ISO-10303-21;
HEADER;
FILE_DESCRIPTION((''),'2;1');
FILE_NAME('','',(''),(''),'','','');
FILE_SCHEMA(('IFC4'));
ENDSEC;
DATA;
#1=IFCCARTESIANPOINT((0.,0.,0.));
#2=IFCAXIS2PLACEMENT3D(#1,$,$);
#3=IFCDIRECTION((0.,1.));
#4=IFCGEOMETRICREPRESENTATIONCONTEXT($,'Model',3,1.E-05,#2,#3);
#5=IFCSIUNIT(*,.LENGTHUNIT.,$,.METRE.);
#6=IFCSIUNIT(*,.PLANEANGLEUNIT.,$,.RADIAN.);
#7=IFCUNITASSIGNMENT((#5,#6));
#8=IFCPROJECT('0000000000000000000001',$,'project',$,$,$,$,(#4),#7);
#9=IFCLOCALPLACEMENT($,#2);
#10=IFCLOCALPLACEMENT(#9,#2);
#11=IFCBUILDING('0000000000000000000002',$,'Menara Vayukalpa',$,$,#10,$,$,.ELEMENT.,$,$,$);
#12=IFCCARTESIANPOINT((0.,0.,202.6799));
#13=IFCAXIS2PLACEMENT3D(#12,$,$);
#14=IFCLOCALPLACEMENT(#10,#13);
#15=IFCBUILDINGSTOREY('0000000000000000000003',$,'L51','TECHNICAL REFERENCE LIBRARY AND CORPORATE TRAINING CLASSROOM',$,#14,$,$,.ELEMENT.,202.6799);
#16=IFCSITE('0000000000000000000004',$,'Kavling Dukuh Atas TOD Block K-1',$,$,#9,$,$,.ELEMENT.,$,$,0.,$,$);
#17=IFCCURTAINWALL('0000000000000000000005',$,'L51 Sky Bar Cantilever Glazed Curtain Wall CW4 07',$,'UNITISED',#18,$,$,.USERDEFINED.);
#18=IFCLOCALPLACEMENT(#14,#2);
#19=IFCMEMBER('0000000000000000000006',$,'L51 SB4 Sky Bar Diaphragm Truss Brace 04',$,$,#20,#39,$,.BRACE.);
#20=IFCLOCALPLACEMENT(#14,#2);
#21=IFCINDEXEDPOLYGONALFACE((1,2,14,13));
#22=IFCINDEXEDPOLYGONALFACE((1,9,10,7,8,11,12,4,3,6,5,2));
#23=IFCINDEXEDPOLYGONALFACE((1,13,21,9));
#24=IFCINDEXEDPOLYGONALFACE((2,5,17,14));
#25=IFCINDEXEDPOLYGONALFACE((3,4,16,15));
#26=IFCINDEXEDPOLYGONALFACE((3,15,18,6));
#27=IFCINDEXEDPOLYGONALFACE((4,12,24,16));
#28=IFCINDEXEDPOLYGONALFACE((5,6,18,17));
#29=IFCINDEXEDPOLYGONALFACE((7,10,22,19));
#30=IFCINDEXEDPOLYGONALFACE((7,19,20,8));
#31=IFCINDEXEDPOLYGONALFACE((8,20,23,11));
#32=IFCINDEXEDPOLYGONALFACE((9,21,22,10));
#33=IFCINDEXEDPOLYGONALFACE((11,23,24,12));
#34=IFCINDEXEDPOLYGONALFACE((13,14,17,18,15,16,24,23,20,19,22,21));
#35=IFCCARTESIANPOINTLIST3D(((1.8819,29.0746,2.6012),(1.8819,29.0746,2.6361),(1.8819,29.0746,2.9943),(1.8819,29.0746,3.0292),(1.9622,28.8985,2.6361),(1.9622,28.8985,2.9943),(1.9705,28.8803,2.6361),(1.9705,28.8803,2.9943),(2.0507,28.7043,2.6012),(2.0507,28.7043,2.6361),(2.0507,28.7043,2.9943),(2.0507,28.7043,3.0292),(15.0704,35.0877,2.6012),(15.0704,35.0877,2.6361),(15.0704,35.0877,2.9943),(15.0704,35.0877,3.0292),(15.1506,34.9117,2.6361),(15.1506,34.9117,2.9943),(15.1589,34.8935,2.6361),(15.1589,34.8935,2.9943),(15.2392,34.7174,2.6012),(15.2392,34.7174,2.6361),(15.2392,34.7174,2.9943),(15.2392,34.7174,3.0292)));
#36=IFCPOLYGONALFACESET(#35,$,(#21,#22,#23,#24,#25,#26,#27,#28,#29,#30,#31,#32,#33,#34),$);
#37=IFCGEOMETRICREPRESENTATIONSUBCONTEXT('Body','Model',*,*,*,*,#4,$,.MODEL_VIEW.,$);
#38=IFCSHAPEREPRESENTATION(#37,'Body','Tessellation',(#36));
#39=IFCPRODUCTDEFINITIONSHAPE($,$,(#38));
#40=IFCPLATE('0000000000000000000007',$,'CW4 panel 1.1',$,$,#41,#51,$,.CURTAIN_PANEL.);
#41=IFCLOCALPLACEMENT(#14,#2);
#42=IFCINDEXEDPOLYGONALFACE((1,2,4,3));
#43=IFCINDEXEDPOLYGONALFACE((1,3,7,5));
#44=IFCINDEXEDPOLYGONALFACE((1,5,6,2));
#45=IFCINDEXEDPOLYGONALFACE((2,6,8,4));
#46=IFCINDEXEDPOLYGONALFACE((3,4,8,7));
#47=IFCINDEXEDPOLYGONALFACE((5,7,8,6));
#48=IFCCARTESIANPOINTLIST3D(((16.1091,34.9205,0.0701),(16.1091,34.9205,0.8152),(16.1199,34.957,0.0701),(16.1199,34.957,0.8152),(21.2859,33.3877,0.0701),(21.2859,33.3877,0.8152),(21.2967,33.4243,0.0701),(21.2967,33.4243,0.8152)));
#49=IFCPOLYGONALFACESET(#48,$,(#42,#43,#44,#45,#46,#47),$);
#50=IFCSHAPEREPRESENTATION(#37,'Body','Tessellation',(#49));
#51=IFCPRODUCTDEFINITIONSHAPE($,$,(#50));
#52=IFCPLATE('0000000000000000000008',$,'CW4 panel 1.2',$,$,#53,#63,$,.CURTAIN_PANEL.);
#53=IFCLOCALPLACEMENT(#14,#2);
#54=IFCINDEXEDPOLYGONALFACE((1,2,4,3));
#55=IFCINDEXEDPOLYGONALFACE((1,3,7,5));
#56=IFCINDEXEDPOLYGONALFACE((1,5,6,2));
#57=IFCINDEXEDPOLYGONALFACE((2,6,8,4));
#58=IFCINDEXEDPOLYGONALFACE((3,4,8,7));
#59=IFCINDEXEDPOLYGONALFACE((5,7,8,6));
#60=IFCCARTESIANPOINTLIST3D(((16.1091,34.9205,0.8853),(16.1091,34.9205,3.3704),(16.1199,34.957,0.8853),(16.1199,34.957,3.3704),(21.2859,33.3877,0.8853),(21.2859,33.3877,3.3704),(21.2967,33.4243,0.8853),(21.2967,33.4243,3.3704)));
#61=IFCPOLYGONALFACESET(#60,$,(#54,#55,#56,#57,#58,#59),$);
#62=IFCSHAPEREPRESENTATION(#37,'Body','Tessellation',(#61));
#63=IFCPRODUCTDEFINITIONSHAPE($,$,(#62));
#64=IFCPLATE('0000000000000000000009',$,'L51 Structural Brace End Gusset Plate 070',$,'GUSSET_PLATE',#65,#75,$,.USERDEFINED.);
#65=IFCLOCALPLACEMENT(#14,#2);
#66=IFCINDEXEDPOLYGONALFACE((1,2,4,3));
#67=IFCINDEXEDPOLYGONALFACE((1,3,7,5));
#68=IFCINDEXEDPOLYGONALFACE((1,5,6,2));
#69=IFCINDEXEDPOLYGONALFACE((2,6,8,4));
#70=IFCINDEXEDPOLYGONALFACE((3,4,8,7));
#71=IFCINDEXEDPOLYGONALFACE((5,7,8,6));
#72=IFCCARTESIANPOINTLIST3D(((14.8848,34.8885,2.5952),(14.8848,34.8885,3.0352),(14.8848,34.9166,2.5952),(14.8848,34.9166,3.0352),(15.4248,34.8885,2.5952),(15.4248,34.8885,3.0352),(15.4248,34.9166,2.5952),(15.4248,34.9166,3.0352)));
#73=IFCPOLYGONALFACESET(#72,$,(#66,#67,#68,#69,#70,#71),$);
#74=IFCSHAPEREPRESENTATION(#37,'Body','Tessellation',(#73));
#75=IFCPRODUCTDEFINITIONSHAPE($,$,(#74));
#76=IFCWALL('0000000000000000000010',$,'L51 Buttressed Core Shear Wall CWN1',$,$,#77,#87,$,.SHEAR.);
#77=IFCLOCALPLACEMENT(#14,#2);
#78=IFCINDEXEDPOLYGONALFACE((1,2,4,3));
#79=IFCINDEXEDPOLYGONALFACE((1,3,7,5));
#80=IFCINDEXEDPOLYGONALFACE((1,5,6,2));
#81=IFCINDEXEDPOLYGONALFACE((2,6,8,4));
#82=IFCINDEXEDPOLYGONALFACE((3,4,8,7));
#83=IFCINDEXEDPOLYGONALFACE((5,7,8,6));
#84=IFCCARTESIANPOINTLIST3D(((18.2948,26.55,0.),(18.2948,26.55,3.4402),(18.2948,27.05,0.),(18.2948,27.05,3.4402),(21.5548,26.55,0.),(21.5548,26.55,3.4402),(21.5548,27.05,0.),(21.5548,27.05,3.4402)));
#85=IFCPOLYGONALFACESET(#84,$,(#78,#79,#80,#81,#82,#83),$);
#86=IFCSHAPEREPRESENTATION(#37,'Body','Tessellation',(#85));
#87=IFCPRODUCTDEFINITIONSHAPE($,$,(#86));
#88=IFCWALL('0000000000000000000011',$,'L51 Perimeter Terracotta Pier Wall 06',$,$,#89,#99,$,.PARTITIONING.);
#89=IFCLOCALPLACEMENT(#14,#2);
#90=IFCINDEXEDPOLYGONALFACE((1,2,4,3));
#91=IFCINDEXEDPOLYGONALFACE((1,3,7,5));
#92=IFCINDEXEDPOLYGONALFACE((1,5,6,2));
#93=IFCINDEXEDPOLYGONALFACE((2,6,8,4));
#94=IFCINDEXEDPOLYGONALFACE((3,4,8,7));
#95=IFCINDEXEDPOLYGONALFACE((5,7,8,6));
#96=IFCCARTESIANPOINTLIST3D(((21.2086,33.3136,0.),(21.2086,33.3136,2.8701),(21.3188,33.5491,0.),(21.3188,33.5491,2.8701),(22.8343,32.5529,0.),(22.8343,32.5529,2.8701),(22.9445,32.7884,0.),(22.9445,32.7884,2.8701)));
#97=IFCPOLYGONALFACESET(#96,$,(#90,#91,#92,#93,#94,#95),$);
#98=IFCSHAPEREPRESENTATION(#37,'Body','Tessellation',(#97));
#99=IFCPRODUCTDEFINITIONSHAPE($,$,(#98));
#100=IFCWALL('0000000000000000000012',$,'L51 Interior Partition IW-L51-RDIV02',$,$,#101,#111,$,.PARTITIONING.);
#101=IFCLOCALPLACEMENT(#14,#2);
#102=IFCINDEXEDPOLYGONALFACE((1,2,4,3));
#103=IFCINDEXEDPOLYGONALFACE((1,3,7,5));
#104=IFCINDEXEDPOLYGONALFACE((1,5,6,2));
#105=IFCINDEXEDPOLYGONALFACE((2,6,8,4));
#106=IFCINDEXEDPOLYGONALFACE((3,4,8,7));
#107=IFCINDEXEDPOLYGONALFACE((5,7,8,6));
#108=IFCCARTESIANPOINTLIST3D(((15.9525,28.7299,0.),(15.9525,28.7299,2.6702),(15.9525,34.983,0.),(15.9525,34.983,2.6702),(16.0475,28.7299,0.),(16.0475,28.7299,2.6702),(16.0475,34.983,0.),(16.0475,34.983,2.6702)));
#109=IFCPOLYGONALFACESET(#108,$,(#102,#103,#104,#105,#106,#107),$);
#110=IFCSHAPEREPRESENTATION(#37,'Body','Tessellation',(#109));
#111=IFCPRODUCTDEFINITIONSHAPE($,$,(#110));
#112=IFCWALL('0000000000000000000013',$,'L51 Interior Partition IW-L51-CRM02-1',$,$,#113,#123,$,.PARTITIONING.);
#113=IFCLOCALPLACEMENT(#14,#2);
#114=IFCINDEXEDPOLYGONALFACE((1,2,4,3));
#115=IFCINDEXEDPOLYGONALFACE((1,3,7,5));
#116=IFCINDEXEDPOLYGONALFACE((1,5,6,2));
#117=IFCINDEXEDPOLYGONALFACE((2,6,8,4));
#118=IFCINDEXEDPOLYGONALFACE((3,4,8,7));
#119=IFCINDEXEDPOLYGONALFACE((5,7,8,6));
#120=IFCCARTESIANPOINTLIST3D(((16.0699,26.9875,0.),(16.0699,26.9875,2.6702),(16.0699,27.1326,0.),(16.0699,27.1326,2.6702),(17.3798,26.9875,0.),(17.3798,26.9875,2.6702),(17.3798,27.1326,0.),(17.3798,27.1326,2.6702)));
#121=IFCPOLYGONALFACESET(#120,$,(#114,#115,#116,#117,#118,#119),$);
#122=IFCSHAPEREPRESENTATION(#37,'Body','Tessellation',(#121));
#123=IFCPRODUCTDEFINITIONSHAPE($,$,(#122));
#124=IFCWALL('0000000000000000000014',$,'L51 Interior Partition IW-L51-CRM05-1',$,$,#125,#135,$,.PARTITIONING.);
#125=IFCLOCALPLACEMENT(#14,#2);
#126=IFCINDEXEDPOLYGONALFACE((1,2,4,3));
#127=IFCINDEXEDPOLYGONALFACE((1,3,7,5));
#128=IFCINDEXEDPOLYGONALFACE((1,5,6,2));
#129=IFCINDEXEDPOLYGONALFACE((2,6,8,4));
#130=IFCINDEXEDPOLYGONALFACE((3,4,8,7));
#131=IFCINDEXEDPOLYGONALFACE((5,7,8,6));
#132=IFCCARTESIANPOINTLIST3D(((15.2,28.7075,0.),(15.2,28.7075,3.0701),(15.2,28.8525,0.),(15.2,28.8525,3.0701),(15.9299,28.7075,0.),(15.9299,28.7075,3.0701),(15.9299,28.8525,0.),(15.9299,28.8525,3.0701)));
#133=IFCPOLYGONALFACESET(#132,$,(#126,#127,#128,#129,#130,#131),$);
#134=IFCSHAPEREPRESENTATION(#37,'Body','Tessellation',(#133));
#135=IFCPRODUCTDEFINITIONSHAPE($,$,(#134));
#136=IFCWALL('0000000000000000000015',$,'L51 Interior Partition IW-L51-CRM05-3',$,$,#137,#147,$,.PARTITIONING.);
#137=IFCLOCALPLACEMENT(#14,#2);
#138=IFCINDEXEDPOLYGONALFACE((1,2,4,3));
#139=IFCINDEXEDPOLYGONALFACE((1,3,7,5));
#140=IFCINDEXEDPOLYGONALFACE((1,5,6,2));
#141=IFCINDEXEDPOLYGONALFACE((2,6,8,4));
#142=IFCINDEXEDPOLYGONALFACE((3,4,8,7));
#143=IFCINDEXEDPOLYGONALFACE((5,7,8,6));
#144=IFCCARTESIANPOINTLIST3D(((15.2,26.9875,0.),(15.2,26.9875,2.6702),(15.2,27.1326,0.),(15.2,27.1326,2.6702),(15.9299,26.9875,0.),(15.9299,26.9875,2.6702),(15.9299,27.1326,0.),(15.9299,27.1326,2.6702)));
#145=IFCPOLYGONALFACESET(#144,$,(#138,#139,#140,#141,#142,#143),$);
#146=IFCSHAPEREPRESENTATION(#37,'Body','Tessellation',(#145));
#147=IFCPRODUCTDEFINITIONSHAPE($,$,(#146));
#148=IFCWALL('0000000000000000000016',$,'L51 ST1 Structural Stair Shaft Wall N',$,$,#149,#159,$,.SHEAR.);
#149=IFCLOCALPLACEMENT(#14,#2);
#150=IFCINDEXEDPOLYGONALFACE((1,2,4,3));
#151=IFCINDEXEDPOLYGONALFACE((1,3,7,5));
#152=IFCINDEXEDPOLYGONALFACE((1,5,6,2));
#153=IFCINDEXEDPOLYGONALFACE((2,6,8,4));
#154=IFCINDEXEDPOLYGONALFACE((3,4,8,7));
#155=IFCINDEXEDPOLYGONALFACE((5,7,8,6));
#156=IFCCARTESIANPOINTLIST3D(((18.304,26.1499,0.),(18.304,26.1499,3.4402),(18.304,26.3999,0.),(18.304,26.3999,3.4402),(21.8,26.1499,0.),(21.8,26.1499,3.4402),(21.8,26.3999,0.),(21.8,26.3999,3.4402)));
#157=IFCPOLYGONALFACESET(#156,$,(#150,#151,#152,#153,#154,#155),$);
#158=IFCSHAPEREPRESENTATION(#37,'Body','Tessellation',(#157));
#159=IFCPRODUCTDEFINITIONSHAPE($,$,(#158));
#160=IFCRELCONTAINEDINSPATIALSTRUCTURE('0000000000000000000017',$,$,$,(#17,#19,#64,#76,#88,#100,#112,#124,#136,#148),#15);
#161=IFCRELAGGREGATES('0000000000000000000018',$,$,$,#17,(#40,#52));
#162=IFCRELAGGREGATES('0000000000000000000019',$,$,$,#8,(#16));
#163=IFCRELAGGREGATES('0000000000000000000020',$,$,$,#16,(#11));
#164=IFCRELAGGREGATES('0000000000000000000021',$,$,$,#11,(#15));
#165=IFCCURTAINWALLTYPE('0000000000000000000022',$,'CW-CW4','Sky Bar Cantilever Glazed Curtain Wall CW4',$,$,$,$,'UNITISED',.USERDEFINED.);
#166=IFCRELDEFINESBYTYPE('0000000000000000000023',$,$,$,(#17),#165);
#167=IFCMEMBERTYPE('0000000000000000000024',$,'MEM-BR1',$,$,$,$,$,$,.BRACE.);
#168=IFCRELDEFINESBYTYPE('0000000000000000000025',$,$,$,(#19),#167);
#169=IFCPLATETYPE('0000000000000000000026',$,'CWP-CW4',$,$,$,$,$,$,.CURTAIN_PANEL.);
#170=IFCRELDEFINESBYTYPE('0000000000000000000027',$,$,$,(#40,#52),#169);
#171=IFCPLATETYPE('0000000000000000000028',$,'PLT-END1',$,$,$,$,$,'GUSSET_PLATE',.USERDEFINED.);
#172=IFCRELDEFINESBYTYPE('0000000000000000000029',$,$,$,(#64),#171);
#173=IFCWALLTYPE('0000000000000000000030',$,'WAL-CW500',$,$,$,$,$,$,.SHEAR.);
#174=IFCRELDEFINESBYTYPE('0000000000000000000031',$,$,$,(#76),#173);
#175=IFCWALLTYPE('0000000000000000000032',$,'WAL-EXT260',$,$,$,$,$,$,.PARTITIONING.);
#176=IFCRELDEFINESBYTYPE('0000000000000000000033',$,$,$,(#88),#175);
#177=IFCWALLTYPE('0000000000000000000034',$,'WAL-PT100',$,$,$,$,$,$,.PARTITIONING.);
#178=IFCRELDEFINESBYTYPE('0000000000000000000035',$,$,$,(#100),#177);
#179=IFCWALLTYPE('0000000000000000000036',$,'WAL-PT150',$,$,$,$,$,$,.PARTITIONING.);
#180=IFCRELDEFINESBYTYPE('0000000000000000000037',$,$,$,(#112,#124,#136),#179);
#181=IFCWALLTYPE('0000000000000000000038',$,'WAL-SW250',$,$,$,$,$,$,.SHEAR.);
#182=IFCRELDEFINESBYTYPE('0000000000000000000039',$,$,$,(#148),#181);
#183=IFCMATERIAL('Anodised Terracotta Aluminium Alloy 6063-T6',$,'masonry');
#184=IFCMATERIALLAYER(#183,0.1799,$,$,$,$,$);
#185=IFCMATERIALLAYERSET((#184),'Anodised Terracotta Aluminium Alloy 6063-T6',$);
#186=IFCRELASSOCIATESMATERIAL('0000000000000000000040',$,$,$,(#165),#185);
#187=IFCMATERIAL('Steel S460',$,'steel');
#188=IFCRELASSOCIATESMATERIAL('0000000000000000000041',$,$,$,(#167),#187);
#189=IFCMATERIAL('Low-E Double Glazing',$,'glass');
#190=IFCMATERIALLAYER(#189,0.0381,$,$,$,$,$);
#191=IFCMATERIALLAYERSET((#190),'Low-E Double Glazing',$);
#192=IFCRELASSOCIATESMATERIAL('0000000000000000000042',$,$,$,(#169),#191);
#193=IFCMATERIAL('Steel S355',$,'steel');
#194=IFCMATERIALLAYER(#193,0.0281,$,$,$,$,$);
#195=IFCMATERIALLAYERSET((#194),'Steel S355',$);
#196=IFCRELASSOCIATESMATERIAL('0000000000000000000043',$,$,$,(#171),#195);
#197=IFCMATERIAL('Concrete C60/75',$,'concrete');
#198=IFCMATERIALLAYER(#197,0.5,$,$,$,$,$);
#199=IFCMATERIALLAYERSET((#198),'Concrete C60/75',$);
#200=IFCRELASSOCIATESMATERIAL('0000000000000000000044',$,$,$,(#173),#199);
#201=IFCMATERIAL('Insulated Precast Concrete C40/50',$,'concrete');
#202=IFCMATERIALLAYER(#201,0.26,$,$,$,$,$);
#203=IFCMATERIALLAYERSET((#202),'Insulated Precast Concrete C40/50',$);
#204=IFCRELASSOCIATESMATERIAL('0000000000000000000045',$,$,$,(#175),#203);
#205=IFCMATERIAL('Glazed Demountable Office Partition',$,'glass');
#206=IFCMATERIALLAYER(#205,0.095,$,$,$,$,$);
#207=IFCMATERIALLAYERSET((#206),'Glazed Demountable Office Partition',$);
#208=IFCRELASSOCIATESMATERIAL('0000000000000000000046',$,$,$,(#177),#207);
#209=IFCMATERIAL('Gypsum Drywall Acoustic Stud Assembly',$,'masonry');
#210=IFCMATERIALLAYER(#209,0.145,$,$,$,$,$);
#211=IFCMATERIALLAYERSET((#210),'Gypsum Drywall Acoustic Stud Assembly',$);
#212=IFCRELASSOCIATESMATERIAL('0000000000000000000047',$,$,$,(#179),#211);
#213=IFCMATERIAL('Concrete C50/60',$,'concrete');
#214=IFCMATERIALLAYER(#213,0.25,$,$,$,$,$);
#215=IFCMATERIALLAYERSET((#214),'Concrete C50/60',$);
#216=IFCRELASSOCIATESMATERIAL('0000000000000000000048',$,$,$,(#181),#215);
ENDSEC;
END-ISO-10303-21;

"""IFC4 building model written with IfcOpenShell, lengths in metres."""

from ifc_helpers import new_model, si_unit, direction, frame, frame_2d, origin, origin_2d, place, context, subcontext, project, spatial, rectangle, i_section, extrude, material, layer, layer_set, material_profile, profile_set, type_object, element, aggregate, save


model = new_model("IFC4")

# Units and contexts
model_context = context("Model", 3, precision=1e-05, world=origin(), true_north=direction((0.0, 1.0)))
body_context = subcontext(model_context, "Body", "Model", "MODEL_VIEW")
ifc_project = project(units=[si_unit("LENGTHUNIT", "METRE"), si_unit("PLANEANGLEUNIT", "RADIAN")], contexts=[model_context])

# Site, building, storey
site_placement = place(None, origin())
site = spatial("IfcSite", under=ifc_project, at=site_placement, Name="Kavling Dukuh Atas TOD Block K-1", CompositionType="ELEMENT", RefElevation=0.0)
building_placement = place(site_placement, origin())
building = spatial("IfcBuilding", under=site, at=building_placement, Name="Menara Vayukalpa", CompositionType="ELEMENT")
storey_placement = place(building_placement, frame((0.0, 0.0, 202.6799)))
storey = spatial("IfcBuildingStorey", under=building, at=storey_placement, Name="L51", Description="TECHNICAL REFERENCE LIBRARY AND CORPORATE TRAINING CLASSROOM", CompositionType="ELEMENT", Elevation=202.6799)

# Curtain wall
ifc_material_1 = material(Name="Anodised Terracotta Aluminium Alloy 6063-T6", Category="masonry")
ifc_layer_1 = layer(ifc_material_1, 0.1799)
ifc_layer_set_1 = layer_set([ifc_layer_1], Name="Anodised Terracotta Aluminium Alloy 6063-T6")
curtain_wall_type = type_object("IfcCurtainWallType", Name="CW-CW4", Description="Sky Bar Cantilever Glazed Curtain Wall CW4", ElementType="UNITISED", PredefinedType="USERDEFINED", material=ifc_layer_set_1)
curtain_wall_placement = place(storey_placement, origin())
curtain_wall = element("IfcCurtainWall", 1, at=curtain_wall_placement, inside=storey, type_object=curtain_wall_type, Name="L51 Sky Bar Cantilever Glazed Curtain Wall CW4 07", ObjectType="UNITISED", PredefinedType="USERDEFINED")

# Member
ifc_material_2 = material(Name="Steel S460", Category="steel")
ifc_material_profile_1 = material_profile(ifc_material_2, i_section(OverallWidth=0.407, OverallDepth=0.428, WebThickness=0.02, FlangeThickness=0.0349, at=origin_2d()), Name="H 428x407x20x35")
ifc_profile_set_1 = profile_set([ifc_material_profile_1], Name="Steel S460")
member_type_1 = type_object("IfcMemberType", Name="MEM-BR1", PredefinedType="BRACE", material=ifc_profile_set_1)
member_1_placement = place(storey_placement, frame((15.1548, 34.9026, 2.8152), z_axis=(-0.909887, -0.414856, 0.0), x_axis=(0.414856, -0.909887, 0.0)))
element("IfcMember", 2, at=member_1_placement, inside=storey, type_object=member_type_1, Name="L51 SB4 Sky Bar Diaphragm Truss Brace 04", PredefinedType="BRACE", context=body_context, shape_type="SweptSolid", body=[
    extrude(i_section(OverallWidth=0.407, OverallDepth=0.428, WebThickness=0.02, FlangeThickness=0.0349, at=origin_2d()), origin(), (0.0, 0.0, 1.0), 14.4946),
])

# Plates
ifc_material_3 = material(Name="Low-E Double Glazing", Category="glass")
ifc_layer_2 = layer(ifc_material_3, 0.0381)
ifc_layer_set_2 = layer_set([ifc_layer_2], Name="Low-E Double Glazing")
plate_type_1 = type_object("IfcPlateType", Name="CWP-CW4", PredefinedType="CURTAIN_PANEL", material=ifc_layer_set_2)
plate_1_placement = place(storey_placement, frame((18.7029, 34.1724, 0.0701), z_axis=(0.0, 0.0, 1.0), x_axis=(-0.958856, 0.283894, 0.0)))
plate_1 = element("IfcPlate", 3, at=plate_1_placement, type_object=plate_type_1, Name="CW4 panel 1.1", PredefinedType="CURTAIN_PANEL", context=body_context, shape_type="SweptSolid", body=[
    extrude(rectangle(XDim=5.3989, YDim=0.0381, at=origin_2d()), origin(), (0.0, 0.0, 1.0), 0.7451),
])
plate_2_placement = place(storey_placement, frame((18.7029, 34.1724, 0.8853), z_axis=(0.0, 0.0, 1.0), x_axis=(-0.958856, 0.283894, 0.0)))
plate_2 = element("IfcPlate", 4, at=plate_2_placement, type_object=plate_type_1, Name="CW4 panel 1.2", PredefinedType="CURTAIN_PANEL", context=body_context, shape_type="SweptSolid", body=[
    extrude(rectangle(XDim=5.3989, YDim=0.0381, at=origin_2d()), origin(), (0.0, 0.0, 1.0), 2.4851),
])
aggregate(curtain_wall, [plate_1, plate_2])
ifc_material_4 = material(Name="Steel S355", Category="steel")
ifc_layer_3 = layer(ifc_material_4, 0.0281)
ifc_layer_set_3 = layer_set([ifc_layer_3], Name="Steel S355")
plate_type_2 = type_object("IfcPlateType", Name="PLT-END1", ElementType="GUSSET_PLATE", PredefinedType="USERDEFINED", material=ifc_layer_set_3)
plate_3_placement = place(storey_placement, frame((15.1548, 34.9026, 2.5952), z_axis=(0.0, 0.0, 1.0), x_axis=(1.0, 0.0, 0.0)))
element("IfcPlate", 5, at=plate_3_placement, inside=storey, type_object=plate_type_2, Name="L51 Structural Brace End Gusset Plate 070", ObjectType="GUSSET_PLATE", PredefinedType="USERDEFINED", context=body_context, shape_type="SweptSolid", body=[
    extrude(rectangle(XDim=0.54, YDim=0.0281, at=origin_2d()), origin(), (0.0, 0.0, 1.0), 0.4399),
])

# Walls
ifc_material_5 = material(Name="Concrete C60/75", Category="concrete")
ifc_layer_4 = layer(ifc_material_5, 0.5)
ifc_layer_set_4 = layer_set([ifc_layer_4], Name="Concrete C60/75")
wall_type_1 = type_object("IfcWallType", Name="WAL-CW500", PredefinedType="SHEAR", material=ifc_layer_set_4)
wall_1_placement = place(storey_placement, frame((18.2949, 26.8, 0.0), z_axis=(0.0, 0.0, 1.0), x_axis=(1.0, 0.0, 0.0)))
element("IfcWall", 6, at=wall_1_placement, inside=storey, type_object=wall_type_1, Name="L51 Buttressed Core Shear Wall CWN1", PredefinedType="SHEAR", context=body_context, shape_type="SweptSolid", body=[
    extrude(rectangle(XDim=3.26, YDim=0.5, at=frame_2d((1.6299, 0.0))), origin(), (0.0, 0.0, 1.0), 3.4402),
])
ifc_material_6 = material(Name="Insulated Precast Concrete C40/50", Category="concrete")
ifc_layer_5 = layer(ifc_material_6, 0.26)
ifc_layer_set_5 = layer_set([ifc_layer_5], Name="Insulated Precast Concrete C40/50")
wall_type_2 = type_object("IfcWallType", Name="WAL-EXT260", PredefinedType="PARTITIONING", material=ifc_layer_set_5)
wall_2_placement = place(storey_placement, frame((21.2637, 33.4314, 0.0), z_axis=(0.0, 0.0, 1.0), x_axis=(0.905741, -0.423831, 0.0)))
element("IfcWall", 7, at=wall_2_placement, inside=storey, type_object=wall_type_2, Name="L51 Perimeter Terracotta Pier Wall 06", PredefinedType="PARTITIONING", context=body_context, shape_type="SweptSolid", body=[
    extrude(rectangle(XDim=1.7949, YDim=0.26, at=frame_2d((0.8975, 0.0))), origin(), (0.0, 0.0, 1.0), 2.8701),
])
ifc_material_7 = material(Name="Glazed Demountable Office Partition", Category="glass")
ifc_layer_6 = layer(ifc_material_7, 0.095)
ifc_layer_set_6 = layer_set([ifc_layer_6], Name="Glazed Demountable Office Partition")
wall_type_3 = type_object("IfcWallType", Name="WAL-PT100", PredefinedType="PARTITIONING", material=ifc_layer_set_6)
wall_3_placement = place(storey_placement, frame((16.0, 28.73, 0.0), z_axis=(0.0, 0.0, 1.0), x_axis=(0.0, 1.0, 0.0)))
element("IfcWall", 8, at=wall_3_placement, inside=storey, type_object=wall_type_3, Name="L51 Interior Partition IW-L51-RDIV02", PredefinedType="PARTITIONING", context=body_context, shape_type="SweptSolid", body=[
    extrude(rectangle(XDim=6.2532, YDim=0.095, at=frame_2d((3.1265, 0.0))), origin(), (0.0, 0.0, 1.0), 2.6702),
])
ifc_material_8 = material(Name="Gypsum Drywall Acoustic Stud Assembly", Category="masonry")
ifc_layer_7 = layer(ifc_material_8, 0.145)
ifc_layer_set_7 = layer_set([ifc_layer_7], Name="Gypsum Drywall Acoustic Stud Assembly")
wall_type_4 = type_object("IfcWallType", Name="WAL-PT150", PredefinedType="PARTITIONING", material=ifc_layer_set_7)
wall_4_placement = place(storey_placement, frame((16.0701, 27.0601, 0.0), z_axis=(0.0, 0.0, 1.0), x_axis=(1.0, 0.0, 0.0)))
element("IfcWall", 9, at=wall_4_placement, inside=storey, type_object=wall_type_4, Name="L51 Interior Partition IW-L51-CRM02-1", PredefinedType="PARTITIONING", context=body_context, shape_type="SweptSolid", body=[
    extrude(rectangle(XDim=1.3098, YDim=0.145, at=frame_2d((0.6548, 0.0))), origin(), (0.0, 0.0, 1.0), 2.6702),
])
wall_5_placement = place(storey_placement, frame((15.9299, 28.78, 0.0), z_axis=(0.0, 0.0, 1.0), x_axis=(-1.0, 0.0, 0.0)))
element("IfcWall", 10, at=wall_5_placement, inside=storey, type_object=wall_type_4, Name="L51 Interior Partition IW-L51-CRM05-1", PredefinedType="PARTITIONING", context=body_context, shape_type="SweptSolid", body=[
    extrude(rectangle(XDim=0.73, YDim=0.145, at=frame_2d((0.365, 0.0))), origin(), (0.0, 0.0, 1.0), 3.0701),
])
wall_6_placement = place(storey_placement, frame((15.2, 27.0601, 0.0), z_axis=(0.0, 0.0, 1.0), x_axis=(1.0, 0.0, 0.0)))
element("IfcWall", 11, at=wall_6_placement, inside=storey, type_object=wall_type_4, Name="L51 Interior Partition IW-L51-CRM05-3", PredefinedType="PARTITIONING", context=body_context, shape_type="SweptSolid", body=[
    extrude(rectangle(XDim=0.73, YDim=0.145, at=frame_2d((0.365, 0.0))), origin(), (0.0, 0.0, 1.0), 2.6702),
])
ifc_material_9 = material(Name="Concrete C50/60", Category="concrete")
ifc_layer_8 = layer(ifc_material_9, 0.25)
ifc_layer_set_8 = layer_set([ifc_layer_8], Name="Concrete C50/60")
wall_type_5 = type_object("IfcWallType", Name="WAL-SW250", PredefinedType="SHEAR", material=ifc_layer_set_8)
wall_7_placement = place(storey_placement, frame((18.304, 26.2749, 0.0), z_axis=(0.0, 0.0, 1.0), x_axis=(1.0, 0.0, 0.0)))
element("IfcWall", 12, at=wall_7_placement, inside=storey, type_object=wall_type_5, Name="L51 ST1 Structural Stair Shaft Wall N", PredefinedType="SHEAR", context=body_context, shape_type="SweptSolid", body=[
    extrude(rectangle(XDim=3.4961, YDim=0.25, at=frame_2d((1.748, 0.0))), origin(), (0.0, 0.0, 1.0), 3.4402),
])

save(model, "model.ifc")
